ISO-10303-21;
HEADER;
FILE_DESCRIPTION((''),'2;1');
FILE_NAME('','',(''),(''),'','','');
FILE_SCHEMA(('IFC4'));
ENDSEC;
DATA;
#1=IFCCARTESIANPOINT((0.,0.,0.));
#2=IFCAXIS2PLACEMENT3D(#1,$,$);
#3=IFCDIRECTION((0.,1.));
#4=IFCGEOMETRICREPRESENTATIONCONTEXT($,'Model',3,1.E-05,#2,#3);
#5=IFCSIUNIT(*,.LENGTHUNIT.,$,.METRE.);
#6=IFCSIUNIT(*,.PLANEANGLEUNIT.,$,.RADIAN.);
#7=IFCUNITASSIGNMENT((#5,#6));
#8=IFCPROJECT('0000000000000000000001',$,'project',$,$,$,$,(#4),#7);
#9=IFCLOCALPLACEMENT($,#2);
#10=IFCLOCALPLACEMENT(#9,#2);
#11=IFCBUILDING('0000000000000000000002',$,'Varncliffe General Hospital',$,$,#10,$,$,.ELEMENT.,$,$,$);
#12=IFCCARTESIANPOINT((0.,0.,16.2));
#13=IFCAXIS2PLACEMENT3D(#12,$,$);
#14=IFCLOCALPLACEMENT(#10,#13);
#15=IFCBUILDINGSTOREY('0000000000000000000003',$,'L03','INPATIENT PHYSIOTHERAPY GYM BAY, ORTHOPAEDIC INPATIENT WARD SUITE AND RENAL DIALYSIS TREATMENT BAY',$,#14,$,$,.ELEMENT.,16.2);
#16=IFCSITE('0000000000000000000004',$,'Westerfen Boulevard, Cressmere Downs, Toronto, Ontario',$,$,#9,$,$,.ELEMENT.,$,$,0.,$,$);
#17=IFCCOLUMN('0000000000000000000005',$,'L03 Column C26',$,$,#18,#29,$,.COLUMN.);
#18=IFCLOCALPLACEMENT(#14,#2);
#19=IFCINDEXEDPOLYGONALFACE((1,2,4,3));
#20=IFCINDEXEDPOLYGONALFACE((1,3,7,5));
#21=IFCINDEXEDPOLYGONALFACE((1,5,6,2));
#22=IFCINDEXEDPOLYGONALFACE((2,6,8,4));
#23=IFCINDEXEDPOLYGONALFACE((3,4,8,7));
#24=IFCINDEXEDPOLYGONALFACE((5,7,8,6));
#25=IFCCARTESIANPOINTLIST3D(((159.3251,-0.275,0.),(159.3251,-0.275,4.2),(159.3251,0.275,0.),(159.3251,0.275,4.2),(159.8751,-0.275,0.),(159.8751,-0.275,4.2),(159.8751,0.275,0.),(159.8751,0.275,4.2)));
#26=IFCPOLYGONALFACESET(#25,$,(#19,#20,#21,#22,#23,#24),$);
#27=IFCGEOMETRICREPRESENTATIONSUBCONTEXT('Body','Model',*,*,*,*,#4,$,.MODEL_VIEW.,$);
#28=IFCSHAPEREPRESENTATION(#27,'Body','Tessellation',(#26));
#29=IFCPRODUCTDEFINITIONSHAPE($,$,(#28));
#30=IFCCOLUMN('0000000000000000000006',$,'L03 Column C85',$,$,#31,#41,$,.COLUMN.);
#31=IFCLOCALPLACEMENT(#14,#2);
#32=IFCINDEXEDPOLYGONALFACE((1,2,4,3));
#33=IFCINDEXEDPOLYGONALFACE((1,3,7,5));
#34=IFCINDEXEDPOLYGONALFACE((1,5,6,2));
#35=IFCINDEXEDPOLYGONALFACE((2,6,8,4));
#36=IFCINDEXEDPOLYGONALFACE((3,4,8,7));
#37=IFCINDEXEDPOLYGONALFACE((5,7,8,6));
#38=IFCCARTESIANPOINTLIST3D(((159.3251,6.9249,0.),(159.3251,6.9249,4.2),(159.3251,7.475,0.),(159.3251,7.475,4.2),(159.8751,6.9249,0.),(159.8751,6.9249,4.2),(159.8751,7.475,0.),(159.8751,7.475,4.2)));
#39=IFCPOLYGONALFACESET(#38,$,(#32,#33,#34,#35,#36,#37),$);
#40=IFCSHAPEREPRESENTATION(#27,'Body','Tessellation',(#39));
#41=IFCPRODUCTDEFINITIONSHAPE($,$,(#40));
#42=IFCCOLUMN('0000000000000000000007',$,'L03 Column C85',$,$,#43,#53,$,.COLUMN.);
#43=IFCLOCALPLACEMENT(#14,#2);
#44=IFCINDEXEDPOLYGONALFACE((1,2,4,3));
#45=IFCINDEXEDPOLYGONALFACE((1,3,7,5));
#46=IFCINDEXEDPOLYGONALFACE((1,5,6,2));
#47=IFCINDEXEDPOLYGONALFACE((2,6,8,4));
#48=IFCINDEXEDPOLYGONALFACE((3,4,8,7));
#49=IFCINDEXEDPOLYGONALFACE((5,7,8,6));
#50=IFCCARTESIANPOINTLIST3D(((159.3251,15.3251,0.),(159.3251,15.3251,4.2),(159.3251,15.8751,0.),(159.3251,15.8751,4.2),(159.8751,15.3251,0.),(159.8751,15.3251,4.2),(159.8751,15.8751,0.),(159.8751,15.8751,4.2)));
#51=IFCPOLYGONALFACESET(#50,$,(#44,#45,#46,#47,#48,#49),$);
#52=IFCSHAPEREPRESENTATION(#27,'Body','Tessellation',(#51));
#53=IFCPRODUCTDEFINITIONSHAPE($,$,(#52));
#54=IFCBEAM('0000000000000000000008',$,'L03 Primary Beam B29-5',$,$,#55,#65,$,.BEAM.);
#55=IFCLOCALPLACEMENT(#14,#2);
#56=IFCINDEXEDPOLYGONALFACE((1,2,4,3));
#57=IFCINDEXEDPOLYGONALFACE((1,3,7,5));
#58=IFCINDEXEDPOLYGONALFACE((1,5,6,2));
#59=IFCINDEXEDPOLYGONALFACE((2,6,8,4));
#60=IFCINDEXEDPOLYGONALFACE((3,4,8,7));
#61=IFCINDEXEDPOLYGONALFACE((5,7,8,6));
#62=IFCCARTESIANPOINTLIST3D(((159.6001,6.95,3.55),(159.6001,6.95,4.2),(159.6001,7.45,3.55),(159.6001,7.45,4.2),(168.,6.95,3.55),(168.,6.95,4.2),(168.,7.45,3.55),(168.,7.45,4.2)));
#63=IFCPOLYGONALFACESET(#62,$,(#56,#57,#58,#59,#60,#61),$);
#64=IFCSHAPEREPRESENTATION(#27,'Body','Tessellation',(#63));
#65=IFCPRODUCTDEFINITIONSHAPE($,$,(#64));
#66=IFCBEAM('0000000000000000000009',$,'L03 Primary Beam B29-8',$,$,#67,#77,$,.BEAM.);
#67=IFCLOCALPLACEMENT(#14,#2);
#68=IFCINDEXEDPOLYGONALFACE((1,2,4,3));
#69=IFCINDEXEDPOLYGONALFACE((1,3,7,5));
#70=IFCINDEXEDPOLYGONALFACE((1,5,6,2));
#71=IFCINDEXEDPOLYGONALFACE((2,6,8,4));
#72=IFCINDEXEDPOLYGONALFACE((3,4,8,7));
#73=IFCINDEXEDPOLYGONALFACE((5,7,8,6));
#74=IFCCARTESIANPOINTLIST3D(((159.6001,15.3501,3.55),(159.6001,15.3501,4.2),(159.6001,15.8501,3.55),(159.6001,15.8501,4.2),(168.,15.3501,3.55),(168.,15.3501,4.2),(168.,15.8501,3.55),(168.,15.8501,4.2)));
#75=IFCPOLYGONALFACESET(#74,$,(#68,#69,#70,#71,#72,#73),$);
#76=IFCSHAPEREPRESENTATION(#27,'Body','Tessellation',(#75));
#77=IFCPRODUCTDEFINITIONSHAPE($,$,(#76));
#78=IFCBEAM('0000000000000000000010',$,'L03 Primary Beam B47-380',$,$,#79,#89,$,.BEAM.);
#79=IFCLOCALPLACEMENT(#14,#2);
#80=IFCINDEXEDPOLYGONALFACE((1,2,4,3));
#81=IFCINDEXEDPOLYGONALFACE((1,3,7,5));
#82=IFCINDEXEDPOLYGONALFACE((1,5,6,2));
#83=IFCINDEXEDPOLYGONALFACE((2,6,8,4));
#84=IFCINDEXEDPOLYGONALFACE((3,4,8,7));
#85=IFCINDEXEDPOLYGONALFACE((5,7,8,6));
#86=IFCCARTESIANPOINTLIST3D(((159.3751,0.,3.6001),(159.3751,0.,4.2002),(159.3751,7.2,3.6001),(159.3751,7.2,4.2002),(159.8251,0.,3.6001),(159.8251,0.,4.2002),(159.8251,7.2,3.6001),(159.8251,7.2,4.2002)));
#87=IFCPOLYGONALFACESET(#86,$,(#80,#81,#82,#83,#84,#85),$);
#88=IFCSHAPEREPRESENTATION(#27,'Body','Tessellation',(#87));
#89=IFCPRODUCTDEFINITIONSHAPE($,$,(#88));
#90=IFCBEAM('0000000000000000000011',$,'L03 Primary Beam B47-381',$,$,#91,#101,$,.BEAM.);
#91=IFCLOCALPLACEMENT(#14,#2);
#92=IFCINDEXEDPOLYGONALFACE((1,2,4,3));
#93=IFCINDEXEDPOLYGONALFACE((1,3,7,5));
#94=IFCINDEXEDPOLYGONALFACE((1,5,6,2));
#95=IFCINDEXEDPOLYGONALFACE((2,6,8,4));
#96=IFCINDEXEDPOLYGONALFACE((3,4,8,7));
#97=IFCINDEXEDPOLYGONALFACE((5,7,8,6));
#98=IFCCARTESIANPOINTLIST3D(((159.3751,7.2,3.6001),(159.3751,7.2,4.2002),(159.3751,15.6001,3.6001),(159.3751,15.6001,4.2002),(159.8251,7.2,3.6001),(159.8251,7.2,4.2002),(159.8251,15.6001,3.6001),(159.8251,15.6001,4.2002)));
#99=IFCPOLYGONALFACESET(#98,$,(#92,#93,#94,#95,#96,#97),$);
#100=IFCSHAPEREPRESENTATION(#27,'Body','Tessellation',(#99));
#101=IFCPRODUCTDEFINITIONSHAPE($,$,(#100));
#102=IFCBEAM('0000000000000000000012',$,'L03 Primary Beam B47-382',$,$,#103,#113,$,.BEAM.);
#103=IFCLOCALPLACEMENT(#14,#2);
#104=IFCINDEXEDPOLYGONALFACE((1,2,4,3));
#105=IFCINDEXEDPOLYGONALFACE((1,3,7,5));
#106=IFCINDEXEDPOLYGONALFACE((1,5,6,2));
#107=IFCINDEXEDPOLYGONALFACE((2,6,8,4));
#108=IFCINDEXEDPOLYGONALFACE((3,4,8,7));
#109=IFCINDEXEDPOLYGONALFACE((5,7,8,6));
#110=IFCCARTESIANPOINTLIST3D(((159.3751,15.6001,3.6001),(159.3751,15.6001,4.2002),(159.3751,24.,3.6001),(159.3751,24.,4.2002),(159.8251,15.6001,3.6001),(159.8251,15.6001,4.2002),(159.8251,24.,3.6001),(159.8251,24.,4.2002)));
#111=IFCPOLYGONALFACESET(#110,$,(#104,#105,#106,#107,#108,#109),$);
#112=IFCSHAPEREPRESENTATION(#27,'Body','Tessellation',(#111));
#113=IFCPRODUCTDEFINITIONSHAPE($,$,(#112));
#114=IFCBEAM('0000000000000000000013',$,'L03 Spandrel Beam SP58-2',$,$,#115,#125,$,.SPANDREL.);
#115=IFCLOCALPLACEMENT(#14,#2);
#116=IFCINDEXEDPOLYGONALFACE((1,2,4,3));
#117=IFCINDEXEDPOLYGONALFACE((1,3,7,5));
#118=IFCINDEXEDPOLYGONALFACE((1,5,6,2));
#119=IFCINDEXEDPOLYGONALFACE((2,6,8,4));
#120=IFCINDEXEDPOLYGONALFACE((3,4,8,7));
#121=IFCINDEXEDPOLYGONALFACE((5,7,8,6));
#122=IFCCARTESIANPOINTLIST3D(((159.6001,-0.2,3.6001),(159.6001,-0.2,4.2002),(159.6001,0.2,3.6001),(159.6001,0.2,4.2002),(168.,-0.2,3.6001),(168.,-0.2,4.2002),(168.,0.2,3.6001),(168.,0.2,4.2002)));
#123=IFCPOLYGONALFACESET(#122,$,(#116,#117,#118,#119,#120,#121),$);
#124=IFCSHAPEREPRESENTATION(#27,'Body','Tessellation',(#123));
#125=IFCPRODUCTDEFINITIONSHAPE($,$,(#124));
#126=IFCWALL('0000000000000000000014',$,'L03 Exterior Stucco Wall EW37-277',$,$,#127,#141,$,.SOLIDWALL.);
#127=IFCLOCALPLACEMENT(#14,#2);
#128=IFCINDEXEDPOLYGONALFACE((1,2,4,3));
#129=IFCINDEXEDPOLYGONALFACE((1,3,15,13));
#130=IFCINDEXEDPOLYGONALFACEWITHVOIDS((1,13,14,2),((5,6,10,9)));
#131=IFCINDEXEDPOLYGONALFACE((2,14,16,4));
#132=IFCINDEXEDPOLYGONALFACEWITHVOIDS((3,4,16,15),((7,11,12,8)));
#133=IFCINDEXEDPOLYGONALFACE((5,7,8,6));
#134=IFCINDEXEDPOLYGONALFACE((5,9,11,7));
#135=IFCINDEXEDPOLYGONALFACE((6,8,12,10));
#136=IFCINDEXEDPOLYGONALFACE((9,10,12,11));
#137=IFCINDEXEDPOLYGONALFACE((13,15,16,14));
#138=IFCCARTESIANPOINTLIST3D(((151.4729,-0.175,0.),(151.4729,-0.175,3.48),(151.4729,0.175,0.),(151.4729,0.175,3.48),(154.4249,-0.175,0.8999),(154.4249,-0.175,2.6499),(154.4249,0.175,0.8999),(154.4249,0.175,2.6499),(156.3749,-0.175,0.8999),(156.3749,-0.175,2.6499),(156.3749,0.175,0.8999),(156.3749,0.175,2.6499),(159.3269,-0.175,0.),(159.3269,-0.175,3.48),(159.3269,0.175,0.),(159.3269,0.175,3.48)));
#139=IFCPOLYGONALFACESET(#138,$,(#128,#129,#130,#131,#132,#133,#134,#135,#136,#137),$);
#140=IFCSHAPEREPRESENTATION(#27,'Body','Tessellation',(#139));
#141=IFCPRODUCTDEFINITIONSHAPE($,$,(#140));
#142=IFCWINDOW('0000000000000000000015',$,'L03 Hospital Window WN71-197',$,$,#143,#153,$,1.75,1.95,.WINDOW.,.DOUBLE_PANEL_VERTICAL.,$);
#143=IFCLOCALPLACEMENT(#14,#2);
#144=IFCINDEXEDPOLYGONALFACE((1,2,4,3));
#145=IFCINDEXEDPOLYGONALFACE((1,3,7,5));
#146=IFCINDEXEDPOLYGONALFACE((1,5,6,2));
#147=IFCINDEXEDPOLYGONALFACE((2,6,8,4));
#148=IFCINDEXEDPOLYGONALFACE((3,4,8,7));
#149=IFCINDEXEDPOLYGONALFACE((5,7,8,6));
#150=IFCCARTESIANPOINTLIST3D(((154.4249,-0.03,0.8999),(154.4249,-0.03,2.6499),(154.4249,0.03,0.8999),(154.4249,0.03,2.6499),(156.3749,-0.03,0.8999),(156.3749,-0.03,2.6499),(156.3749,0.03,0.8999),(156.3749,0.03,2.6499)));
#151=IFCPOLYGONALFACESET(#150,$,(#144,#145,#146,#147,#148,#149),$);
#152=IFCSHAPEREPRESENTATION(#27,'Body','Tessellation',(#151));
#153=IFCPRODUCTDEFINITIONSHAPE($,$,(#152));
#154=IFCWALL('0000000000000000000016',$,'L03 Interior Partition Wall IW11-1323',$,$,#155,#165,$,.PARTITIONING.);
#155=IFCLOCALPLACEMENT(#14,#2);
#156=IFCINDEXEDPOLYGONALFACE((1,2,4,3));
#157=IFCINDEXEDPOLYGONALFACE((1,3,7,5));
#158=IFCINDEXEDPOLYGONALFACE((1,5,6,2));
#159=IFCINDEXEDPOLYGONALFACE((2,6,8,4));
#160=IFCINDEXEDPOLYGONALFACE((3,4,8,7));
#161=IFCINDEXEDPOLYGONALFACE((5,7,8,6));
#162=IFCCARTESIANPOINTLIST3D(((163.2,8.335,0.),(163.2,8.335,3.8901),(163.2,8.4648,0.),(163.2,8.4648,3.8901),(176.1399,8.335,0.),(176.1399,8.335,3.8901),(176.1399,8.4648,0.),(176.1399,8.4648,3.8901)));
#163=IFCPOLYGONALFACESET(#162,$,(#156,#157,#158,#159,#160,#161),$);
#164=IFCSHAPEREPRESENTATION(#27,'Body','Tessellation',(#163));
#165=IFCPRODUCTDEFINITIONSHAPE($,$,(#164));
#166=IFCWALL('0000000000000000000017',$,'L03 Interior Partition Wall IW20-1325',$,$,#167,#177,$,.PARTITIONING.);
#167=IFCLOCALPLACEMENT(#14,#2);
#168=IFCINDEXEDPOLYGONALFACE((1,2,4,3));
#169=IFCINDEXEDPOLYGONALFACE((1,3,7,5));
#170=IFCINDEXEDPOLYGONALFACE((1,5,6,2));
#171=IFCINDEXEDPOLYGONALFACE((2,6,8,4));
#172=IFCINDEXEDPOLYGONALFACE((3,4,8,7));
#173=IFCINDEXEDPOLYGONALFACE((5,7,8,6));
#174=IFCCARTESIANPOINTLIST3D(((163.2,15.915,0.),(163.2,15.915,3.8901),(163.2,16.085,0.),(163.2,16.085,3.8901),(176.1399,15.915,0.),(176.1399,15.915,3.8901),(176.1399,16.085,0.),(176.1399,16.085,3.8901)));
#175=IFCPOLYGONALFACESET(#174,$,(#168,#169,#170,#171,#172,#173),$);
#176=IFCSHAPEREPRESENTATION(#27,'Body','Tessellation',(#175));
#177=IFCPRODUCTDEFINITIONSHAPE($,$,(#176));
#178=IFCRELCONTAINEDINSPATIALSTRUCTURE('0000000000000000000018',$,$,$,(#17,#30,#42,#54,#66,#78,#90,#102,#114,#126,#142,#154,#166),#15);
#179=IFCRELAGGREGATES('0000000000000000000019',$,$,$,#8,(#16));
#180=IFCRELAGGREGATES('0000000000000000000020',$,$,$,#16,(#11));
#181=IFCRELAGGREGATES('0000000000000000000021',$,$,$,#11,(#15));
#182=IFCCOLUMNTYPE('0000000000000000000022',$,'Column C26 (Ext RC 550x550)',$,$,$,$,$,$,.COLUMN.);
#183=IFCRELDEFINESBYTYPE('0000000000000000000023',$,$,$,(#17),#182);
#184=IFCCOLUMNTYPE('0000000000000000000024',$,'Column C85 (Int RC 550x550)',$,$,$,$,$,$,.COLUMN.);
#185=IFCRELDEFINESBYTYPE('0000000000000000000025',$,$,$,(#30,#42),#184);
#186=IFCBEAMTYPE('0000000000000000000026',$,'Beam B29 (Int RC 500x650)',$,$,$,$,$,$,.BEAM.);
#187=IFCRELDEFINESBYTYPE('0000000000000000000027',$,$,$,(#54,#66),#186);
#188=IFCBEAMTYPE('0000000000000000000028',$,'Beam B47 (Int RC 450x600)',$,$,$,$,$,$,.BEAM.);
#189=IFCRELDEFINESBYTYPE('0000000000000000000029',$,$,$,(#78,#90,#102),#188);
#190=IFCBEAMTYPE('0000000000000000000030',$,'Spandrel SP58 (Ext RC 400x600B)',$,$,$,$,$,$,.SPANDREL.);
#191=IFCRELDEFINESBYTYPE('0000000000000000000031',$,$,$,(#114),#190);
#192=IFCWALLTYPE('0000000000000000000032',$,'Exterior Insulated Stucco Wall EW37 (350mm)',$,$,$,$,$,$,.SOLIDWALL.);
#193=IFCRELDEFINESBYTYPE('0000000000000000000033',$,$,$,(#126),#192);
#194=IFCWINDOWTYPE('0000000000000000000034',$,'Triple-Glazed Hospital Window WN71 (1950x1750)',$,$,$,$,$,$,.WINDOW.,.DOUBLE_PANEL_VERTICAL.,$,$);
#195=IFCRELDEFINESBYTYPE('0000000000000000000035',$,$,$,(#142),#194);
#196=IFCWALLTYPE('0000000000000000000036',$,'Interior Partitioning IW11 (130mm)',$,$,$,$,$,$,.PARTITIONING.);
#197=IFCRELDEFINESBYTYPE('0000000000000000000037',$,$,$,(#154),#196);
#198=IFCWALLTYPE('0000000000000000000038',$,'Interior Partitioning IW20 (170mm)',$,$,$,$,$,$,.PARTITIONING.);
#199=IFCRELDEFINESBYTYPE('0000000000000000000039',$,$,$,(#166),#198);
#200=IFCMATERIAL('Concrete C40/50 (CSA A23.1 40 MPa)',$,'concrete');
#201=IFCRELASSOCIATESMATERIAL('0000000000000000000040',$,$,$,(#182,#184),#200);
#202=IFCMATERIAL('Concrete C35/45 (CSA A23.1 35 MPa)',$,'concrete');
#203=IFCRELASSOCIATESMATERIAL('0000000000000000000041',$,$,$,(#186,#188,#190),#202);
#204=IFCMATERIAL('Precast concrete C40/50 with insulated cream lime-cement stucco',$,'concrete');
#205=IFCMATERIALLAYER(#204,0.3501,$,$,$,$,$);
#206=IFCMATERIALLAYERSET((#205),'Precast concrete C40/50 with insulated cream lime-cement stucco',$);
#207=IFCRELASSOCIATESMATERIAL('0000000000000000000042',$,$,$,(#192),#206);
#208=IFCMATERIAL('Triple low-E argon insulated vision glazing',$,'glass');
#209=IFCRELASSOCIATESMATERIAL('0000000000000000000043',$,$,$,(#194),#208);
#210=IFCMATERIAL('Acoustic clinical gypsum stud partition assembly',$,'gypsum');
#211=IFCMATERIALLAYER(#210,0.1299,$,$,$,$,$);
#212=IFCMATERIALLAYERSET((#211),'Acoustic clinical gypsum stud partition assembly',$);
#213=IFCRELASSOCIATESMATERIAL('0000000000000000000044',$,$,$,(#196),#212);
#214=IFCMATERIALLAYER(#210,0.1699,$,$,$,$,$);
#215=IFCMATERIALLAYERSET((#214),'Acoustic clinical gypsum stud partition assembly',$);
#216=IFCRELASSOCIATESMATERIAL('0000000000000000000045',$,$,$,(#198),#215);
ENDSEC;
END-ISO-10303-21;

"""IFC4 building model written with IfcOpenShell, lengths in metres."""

from ifc_helpers import new_model, si_unit, direction, frame, frame_2d, origin, origin_2d, place, context, subcontext, project, spatial, rectangle, extrude, material, layer, layer_set, material_profile, profile_set, type_object, element, fill, save


model = new_model("IFC4")

# Units and contexts
model_context = context("Model", 3, precision=1e-05, world=origin(), true_north=direction((0.0, 1.0)))
body_context = subcontext(model_context, "Body", "Model", "MODEL_VIEW")
ifc_project = project(units=[si_unit("LENGTHUNIT", "METRE"), si_unit("PLANEANGLEUNIT", "RADIAN")], contexts=[model_context])

# Site, building, storey
site_placement = place(None, origin())
site = spatial("IfcSite", under=ifc_project, at=site_placement, Name="Westerfen Boulevard, Cressmere Downs, Toronto, Ontario", CompositionType="ELEMENT", RefElevation=0.0)
building_placement = place(site_placement, origin())
building = spatial("IfcBuilding", under=site, at=building_placement, Name="Varncliffe General Hospital", CompositionType="ELEMENT")
storey_placement = place(building_placement, frame((0.0, 0.0, 16.2)))
storey = spatial("IfcBuildingStorey", under=building, at=storey_placement, Name="L03", Description="INPATIENT PHYSIOTHERAPY GYM BAY, ORTHOPAEDIC INPATIENT WARD SUITE AND RENAL DIALYSIS TREATMENT BAY", CompositionType="ELEMENT", Elevation=16.2)

# Columns
ifc_material_1 = material(Name="Concrete C40/50 (CSA A23.1 40 MPa)", Category="concrete")
ifc_material_profile_1 = material_profile(ifc_material_1, rectangle(XDim=0.55, YDim=0.55, at=origin_2d()), Name="RC 550x550")
ifc_profile_set_1 = profile_set([ifc_material_profile_1], Name="Concrete C40/50 (CSA A23.1 40 MPa)")
column_type_1 = type_object("IfcColumnType", Name="Column C26 (Ext RC 550x550)", PredefinedType="COLUMN", material=ifc_profile_set_1)
column_placement = place(storey_placement, frame((159.6001, 0.0, 0.0), z_axis=(0.0, 0.0, 1.0), x_axis=(1.0, 0.0, 0.0)))
element("IfcColumn", 1, at=column_placement, inside=storey, type_object=column_type_1, Name="L03 Column C26", PredefinedType="COLUMN", context=body_context, shape_type="SweptSolid", body=[
    extrude(rectangle(XDim=0.55, YDim=0.55, at=origin_2d()), origin(), (0.0, 0.0, 1.0), 4.2),
])
ifc_material_profile_2 = material_profile(ifc_material_1, rectangle(XDim=0.55, YDim=0.55, at=origin_2d()), Name="RC 550x550")
ifc_profile_set_2 = profile_set([ifc_material_profile_2], Name="Concrete C40/50 (CSA A23.1 40 MPa)")
column_type_2 = type_object("IfcColumnType", Name="Column C85 (Int RC 550x550)", PredefinedType="COLUMN", material=ifc_profile_set_2)
for number, where, z_axis, x_axis, name in (
    (2, (159.6001, 7.2, 0.0), (0.0, 0.0, 1.0), (1.0, 0.0, 0.0), "L03 Column C85"),
    (3, (159.6001, 15.6001, 0.0), (0.0, 0.0, 1.0), (1.0, 0.0, 0.0), "L03 Column C85"),
):
    element("IfcColumn", number, at=place(storey_placement, frame(where, z_axis=z_axis, x_axis=x_axis)), inside=storey, type_object=column_type_2, Name=name, PredefinedType="COLUMN", context=body_context, shape_type="SweptSolid", body=[
        extrude(rectangle(XDim=0.55, YDim=0.55, at=origin_2d()), origin(), (0.0, 0.0, 1.0), 4.2),
    ])

# Beams
ifc_material_2 = material(Name="Concrete C35/45 (CSA A23.1 35 MPa)", Category="concrete")
ifc_material_profile_3 = material_profile(ifc_material_2, rectangle(XDim=0.5, YDim=0.6499, at=origin_2d()), Name="RC 500x650")
ifc_profile_set_3 = profile_set([ifc_material_profile_3], Name="Concrete C35/45 (CSA A23.1 35 MPa)")
beam_type_1 = type_object("IfcBeamType", Name="Beam B29 (Int RC 500x650)", PredefinedType="BEAM", material=ifc_profile_set_3)
for number, where, z_axis, x_axis, name in (
    (4, (159.6001, 7.2, 3.875), (1.0, 0.0, 0.0), (0.0, 1.0, 0.0), "L03 Primary Beam B29-5"),
    (5, (159.6001, 15.6001, 3.875), (1.0, 0.0, 0.0), (0.0, 1.0, 0.0), "L03 Primary Beam B29-8"),
):
    element("IfcBeam", number, at=place(storey_placement, frame(where, z_axis=z_axis, x_axis=x_axis)), inside=storey, type_object=beam_type_1, Name=name, PredefinedType="BEAM", context=body_context, shape_type="SweptSolid", body=[
        extrude(rectangle(XDim=0.5, YDim=0.6499, at=origin_2d()), origin(), (0.0, 0.0, 1.0), 8.3999),
    ])
ifc_material_profile_4 = material_profile(ifc_material_2, rectangle(XDim=0.45, YDim=0.6001, at=origin_2d()), Name="RC 450x600")
ifc_profile_set_4 = profile_set([ifc_material_profile_4], Name="Concrete C35/45 (CSA A23.1 35 MPa)")
beam_type_2 = type_object("IfcBeamType", Name="Beam B47 (Int RC 450x600)", PredefinedType="BEAM", material=ifc_profile_set_4)
beam_1_placement = place(storey_placement, frame((159.6001, 0.0, 3.9001), z_axis=(0.0, 1.0, 0.0), x_axis=(-1.0, 0.0, 0.0)))
element("IfcBeam", 6, at=beam_1_placement, inside=storey, type_object=beam_type_2, Name="L03 Primary Beam B47-380", PredefinedType="BEAM", context=body_context, shape_type="SweptSolid", body=[
    extrude(rectangle(XDim=0.45, YDim=0.6001, at=origin_2d()), origin(), (0.0, 0.0, 1.0), 7.2),
])
beam_2_placement = place(storey_placement, frame((159.6001, 7.2, 3.9001), z_axis=(0.0, 1.0, 0.0), x_axis=(-1.0, 0.0, 0.0)))
element("IfcBeam", 7, at=beam_2_placement, inside=storey, type_object=beam_type_2, Name="L03 Primary Beam B47-381", PredefinedType="BEAM", context=body_context, shape_type="SweptSolid", body=[
    extrude(rectangle(XDim=0.45, YDim=0.6001, at=origin_2d()), origin(), (0.0, 0.0, 1.0), 8.4001),
])
beam_3_placement = place(storey_placement, frame((159.6001, 15.6001, 3.9001), z_axis=(0.0, 1.0, 0.0), x_axis=(-1.0, 0.0, 0.0)))
element("IfcBeam", 8, at=beam_3_placement, inside=storey, type_object=beam_type_2, Name="L03 Primary Beam B47-382", PredefinedType="BEAM", context=body_context, shape_type="SweptSolid", body=[
    extrude(rectangle(XDim=0.45, YDim=0.6001, at=origin_2d()), origin(), (0.0, 0.0, 1.0), 8.3999),
])
ifc_material_profile_5 = material_profile(ifc_material_2, rectangle(XDim=0.3999, YDim=0.6001, at=origin_2d()), Name="RC 400x600")
ifc_profile_set_5 = profile_set([ifc_material_profile_5], Name="Concrete C35/45 (CSA A23.1 35 MPa)")
beam_type_3 = type_object("IfcBeamType", Name="Spandrel SP58 (Ext RC 400x600B)", PredefinedType="SPANDREL", material=ifc_profile_set_5)
beam_4_placement = place(storey_placement, frame((159.6001, 0.0, 3.9001), z_axis=(1.0, 0.0, 0.0), x_axis=(0.0, 1.0, 0.0)))
element("IfcBeam", 9, at=beam_4_placement, inside=storey, type_object=beam_type_3, Name="L03 Spandrel Beam SP58-2", PredefinedType="SPANDREL", context=body_context, shape_type="SweptSolid", body=[
    extrude(rectangle(XDim=0.3999, YDim=0.6001, at=origin_2d()), origin(), (0.0, 0.0, 1.0), 8.3999),
])

# Wall, opening, window
ifc_material_3 = material(Name="Precast concrete C40/50 with insulated cream lime-cement stucco", Category="concrete")
ifc_layer_1 = layer(ifc_material_3, 0.3501)
ifc_layer_set_1 = layer_set([ifc_layer_1], Name="Precast concrete C40/50 with insulated cream lime-cement stucco")
wall_type_1 = type_object("IfcWallType", Name="Exterior Insulated Stucco Wall EW37 (350mm)", PredefinedType="SOLIDWALL", material=ifc_layer_set_1)
wall_1_placement = place(storey_placement, frame((159.3269, 0.0, 0.0), z_axis=(0.0, 0.0, 1.0), x_axis=(-1.0, 0.0, 0.0)))
wall_1 = element("IfcWall", 10, at=wall_1_placement, inside=storey, type_object=wall_type_1, Name="L03 Exterior Stucco Wall EW37-277", PredefinedType="SOLIDWALL", context=body_context, shape_type="SweptSolid", body=[
    extrude(rectangle(XDim=7.854, YDim=0.3501, at=frame_2d((3.927, 0.0))), origin(), (0.0, 0.0, 1.0), 3.48),
])
opening_1_placement = place(wall_1_placement, frame((2.9519, 0.0, 0.8999)))
opening_1 = element("IfcOpeningElement", 11, at=opening_1_placement, cuts=wall_1, PredefinedType="OPENING", context=body_context, shape_type="SweptSolid", body=[
    extrude(rectangle(XDim=1.95, YDim=1.75, at=frame_2d((0.9751, 0.875))), frame((0.0, 0.1851, 0.0), z_axis=(0.0, -1.0, 0.0), x_axis=(1.0, 0.0, 0.0)), (0.0, 0.0, 1.0), 0.3701),
])
ifc_material_4 = material(Name="Triple low-E argon insulated vision glazing", Category="glass")
window_type = type_object("IfcWindowType", Name="Triple-Glazed Hospital Window WN71 (1950x1750)", PartitioningType="DOUBLE_PANEL_VERTICAL", PredefinedType="WINDOW", material=ifc_material_4)
window_placement = place(opening_1_placement, origin())
window = element("IfcWindow", 12, at=window_placement, inside=storey, type_object=window_type, Name="L03 Hospital Window WN71-197", OverallHeight=1.75, OverallWidth=1.95, PartitioningType="DOUBLE_PANEL_VERTICAL", PredefinedType="WINDOW", context=body_context, shape_type="SweptSolid", body=[
    extrude(rectangle(XDim=1.95, YDim=1.75, at=frame_2d((0.9751, 0.875))), frame((0.0, 0.03, 0.0), z_axis=(0.0, -1.0, 0.0), x_axis=(1.0, 0.0, 0.0)), (0.0, 0.0, 1.0), 0.0601),
])
fill(opening_1, window)

# Walls
ifc_material_5 = material(Name="Acoustic clinical gypsum stud partition assembly", Category="gypsum")
ifc_layer_2 = layer(ifc_material_5, 0.1299)
ifc_layer_set_2 = layer_set([ifc_layer_2], Name="Acoustic clinical gypsum stud partition assembly")
wall_type_2 = type_object("IfcWallType", Name="Interior Partitioning IW11 (130mm)", PredefinedType="PARTITIONING", material=ifc_layer_set_2)
wall_2_placement = place(storey_placement, frame((163.2, 8.3999, 0.0), z_axis=(0.0, 0.0, 1.0), x_axis=(1.0, 0.0, 0.0)))
element("IfcWall", 13, at=wall_2_placement, inside=storey, type_object=wall_type_2, Name="L03 Interior Partition Wall IW11-1323", PredefinedType="PARTITIONING", context=body_context, shape_type="SweptSolid", body=[
    extrude(rectangle(XDim=12.9399, YDim=0.1299, at=frame_2d((6.47, 0.0))), origin(), (0.0, 0.0, 1.0), 3.8901),
])
ifc_layer_3 = layer(ifc_material_5, 0.1699)
ifc_layer_set_3 = layer_set([ifc_layer_3], Name="Acoustic clinical gypsum stud partition assembly")
wall_type_3 = type_object("IfcWallType", Name="Interior Partitioning IW20 (170mm)", PredefinedType="PARTITIONING", material=ifc_layer_set_3)
wall_3_placement = place(storey_placement, frame((163.2, 16.0, 0.0), z_axis=(0.0, 0.0, 1.0), x_axis=(1.0, 0.0, 0.0)))
element("IfcWall", 14, at=wall_3_placement, inside=storey, type_object=wall_type_3, Name="L03 Interior Partition Wall IW20-1325", PredefinedType="PARTITIONING", context=body_context, shape_type="SweptSolid", body=[
    extrude(rectangle(XDim=12.9399, YDim=0.1699, at=frame_2d((6.47, 0.0))), origin(), (0.0, 0.0, 1.0), 3.8901),
])

save(model, "model.ifc")
